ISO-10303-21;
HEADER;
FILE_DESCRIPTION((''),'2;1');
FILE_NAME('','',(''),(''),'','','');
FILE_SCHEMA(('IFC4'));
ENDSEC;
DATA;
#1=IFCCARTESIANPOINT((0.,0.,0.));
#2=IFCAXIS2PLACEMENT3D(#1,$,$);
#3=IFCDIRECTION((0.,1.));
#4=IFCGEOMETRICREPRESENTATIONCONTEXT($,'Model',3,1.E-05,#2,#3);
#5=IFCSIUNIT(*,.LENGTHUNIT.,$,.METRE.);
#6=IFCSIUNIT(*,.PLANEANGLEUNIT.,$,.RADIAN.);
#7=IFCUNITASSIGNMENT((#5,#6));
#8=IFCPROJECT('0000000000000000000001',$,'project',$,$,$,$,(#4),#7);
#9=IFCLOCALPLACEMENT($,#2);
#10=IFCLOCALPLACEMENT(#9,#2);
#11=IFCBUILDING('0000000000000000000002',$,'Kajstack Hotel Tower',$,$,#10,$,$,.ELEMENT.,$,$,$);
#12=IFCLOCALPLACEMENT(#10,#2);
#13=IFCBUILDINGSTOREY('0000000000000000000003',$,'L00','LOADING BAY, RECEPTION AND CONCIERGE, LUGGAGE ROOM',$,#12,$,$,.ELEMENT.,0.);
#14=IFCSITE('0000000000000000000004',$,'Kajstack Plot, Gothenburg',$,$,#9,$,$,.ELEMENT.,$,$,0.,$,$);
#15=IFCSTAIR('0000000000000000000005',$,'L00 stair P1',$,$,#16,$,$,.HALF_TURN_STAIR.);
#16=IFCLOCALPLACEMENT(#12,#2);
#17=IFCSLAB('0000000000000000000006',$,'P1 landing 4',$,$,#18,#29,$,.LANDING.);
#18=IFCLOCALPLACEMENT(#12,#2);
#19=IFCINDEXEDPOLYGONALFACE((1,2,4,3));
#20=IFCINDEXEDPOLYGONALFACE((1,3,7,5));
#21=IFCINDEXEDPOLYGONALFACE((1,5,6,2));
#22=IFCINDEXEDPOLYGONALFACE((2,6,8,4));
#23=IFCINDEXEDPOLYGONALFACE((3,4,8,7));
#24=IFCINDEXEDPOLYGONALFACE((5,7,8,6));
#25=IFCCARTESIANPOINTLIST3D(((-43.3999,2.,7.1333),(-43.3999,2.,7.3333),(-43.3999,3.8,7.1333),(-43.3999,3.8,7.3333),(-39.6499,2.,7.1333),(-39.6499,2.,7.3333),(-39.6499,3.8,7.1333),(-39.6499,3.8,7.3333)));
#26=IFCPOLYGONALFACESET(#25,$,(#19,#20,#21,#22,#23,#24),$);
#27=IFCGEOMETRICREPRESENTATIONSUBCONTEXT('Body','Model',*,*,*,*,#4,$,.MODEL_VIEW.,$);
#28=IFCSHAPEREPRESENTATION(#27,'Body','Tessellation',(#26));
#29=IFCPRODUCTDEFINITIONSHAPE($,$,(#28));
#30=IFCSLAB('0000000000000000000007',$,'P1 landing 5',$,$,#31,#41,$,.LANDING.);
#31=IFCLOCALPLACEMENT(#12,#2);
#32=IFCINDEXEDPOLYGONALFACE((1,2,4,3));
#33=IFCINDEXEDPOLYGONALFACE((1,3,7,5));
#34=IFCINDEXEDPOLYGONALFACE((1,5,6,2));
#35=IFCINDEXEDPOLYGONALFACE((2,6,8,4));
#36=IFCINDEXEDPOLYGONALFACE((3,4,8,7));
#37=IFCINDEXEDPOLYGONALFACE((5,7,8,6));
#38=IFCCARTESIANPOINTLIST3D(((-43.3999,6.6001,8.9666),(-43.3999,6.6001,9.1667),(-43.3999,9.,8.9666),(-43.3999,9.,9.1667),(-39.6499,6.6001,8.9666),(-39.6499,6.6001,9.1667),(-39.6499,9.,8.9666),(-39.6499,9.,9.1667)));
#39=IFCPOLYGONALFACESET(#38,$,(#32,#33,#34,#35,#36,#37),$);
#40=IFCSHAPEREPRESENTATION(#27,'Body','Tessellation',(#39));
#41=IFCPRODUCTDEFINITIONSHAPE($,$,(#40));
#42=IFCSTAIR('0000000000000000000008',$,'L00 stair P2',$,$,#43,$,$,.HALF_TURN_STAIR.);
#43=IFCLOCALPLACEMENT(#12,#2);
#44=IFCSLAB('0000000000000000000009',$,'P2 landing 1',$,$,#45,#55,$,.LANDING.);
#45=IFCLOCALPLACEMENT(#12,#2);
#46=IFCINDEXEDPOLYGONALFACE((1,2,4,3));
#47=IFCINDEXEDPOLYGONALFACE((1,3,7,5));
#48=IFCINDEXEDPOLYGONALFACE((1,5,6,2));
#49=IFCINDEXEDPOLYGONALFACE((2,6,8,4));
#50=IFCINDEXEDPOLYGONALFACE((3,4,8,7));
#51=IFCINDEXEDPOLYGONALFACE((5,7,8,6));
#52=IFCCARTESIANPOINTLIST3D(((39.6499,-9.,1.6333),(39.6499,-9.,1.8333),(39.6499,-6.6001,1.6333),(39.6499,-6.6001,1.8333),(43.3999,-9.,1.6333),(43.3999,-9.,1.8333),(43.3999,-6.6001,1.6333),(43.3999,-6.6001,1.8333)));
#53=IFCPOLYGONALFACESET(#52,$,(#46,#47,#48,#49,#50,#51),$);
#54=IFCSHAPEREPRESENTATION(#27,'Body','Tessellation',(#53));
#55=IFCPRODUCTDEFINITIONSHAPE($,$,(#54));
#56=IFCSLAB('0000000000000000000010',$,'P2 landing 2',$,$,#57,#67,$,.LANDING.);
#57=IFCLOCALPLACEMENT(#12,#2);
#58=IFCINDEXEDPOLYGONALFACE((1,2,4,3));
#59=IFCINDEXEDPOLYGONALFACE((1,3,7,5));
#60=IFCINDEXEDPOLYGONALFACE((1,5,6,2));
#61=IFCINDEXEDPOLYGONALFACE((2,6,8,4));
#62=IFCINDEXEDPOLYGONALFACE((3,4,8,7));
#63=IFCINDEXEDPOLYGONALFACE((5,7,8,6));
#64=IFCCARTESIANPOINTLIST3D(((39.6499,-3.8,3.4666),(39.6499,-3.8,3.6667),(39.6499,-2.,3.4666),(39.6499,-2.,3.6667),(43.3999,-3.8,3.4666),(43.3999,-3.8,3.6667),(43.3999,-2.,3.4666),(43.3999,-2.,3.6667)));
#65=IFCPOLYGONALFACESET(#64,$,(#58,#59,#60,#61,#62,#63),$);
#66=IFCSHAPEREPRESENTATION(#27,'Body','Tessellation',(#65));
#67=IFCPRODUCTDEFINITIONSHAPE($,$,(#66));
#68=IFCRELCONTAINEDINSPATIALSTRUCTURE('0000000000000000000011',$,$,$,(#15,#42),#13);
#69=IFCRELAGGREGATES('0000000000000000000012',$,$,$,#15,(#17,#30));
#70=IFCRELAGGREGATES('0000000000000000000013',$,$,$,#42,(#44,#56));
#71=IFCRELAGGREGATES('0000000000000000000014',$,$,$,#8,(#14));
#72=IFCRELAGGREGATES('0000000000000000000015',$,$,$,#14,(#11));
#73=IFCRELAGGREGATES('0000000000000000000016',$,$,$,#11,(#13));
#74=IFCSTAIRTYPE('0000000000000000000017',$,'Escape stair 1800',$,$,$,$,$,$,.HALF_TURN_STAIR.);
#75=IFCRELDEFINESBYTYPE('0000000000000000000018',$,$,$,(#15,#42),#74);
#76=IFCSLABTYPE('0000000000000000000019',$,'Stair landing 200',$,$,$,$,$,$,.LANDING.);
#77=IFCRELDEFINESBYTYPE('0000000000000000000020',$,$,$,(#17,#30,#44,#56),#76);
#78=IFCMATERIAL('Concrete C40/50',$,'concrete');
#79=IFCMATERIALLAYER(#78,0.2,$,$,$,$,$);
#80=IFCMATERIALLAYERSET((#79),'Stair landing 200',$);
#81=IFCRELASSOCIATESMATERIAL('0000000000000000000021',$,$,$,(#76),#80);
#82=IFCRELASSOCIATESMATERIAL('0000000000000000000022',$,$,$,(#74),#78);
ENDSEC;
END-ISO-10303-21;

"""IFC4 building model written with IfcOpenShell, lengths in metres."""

from ifc_helpers import new_model, si_unit, direction, frame, origin, place, context, subcontext, project, spatial, polyline, outline, extrude, material, layer, layer_set, type_object, element, aggregate, save


model = new_model("IFC4")

# Units and contexts
model_context = context("Model", 3, precision=1e-05, world=origin(), true_north=direction((0.0, 1.0)))
body_context = subcontext(model_context, "Body", "Model", "MODEL_VIEW")
ifc_project = project(units=[si_unit("LENGTHUNIT", "METRE"), si_unit("PLANEANGLEUNIT", "RADIAN")], contexts=[model_context])

# Site, building, storey
site_placement = place(None, origin())
site = spatial("IfcSite", under=ifc_project, at=site_placement, Name="Kajstack Plot, Gothenburg", CompositionType="ELEMENT", RefElevation=0.0)
building_placement = place(site_placement, origin())
building = spatial("IfcBuilding", under=site, at=building_placement, Name="Kajstack Hotel Tower", CompositionType="ELEMENT")
storey_placement = place(building_placement, origin())
storey = spatial("IfcBuildingStorey", under=building, at=storey_placement, Name="L00", Description="LOADING BAY, RECEPTION AND CONCIERGE, LUGGAGE ROOM", CompositionType="ELEMENT", Elevation=0.0)

# Stairs, slabs
ifc_material = material(Name="Concrete C40/50", Category="concrete")
ifc_layer = layer(ifc_material, 0.2)
ifc_layer_set = layer_set([ifc_layer], Name="Stair landing 200")
slab_type = type_object("IfcSlabType", Name="Stair landing 200", PredefinedType="LANDING", material=ifc_layer_set)
stair_type_1 = type_object("IfcStairType", Name="Escape stair 1800", PredefinedType="HALF_TURN_STAIR", material=ifc_material)
stair_1_placement = place(storey_placement, origin())
stair_1 = element("IfcStair", 1, at=stair_1_placement, inside=storey, type_object=stair_type_1, Name="L00 stair P1", PredefinedType="HALF_TURN_STAIR")
slab_1_placement = place(storey_placement, frame((0.0, 0.0, 7.1333)))
slab_1 = element("IfcSlab", 2, at=slab_1_placement, type_object=slab_type, Name="P1 landing 4", PredefinedType="LANDING", context=body_context, shape_type="SweptSolid", body=[
    extrude(outline(polyline([(-39.6499, 2.0), (-39.6499, 3.8), (-43.3999, 3.8), (-43.3999, 2.0), (-39.6499, 2.0)])), origin(), (0.0, 0.0, 1.0), 0.2),
])
slab_2_placement = place(storey_placement, frame((0.0, 0.0, 8.9666)))
slab_2 = element("IfcSlab", 3, at=slab_2_placement, type_object=slab_type, Name="P1 landing 5", PredefinedType="LANDING", context=body_context, shape_type="SweptSolid", body=[
    extrude(outline(polyline([(-39.6499, 6.6001), (-39.6499, 9.0), (-43.3999, 9.0), (-43.3999, 6.6001), (-39.6499, 6.6001)])), origin(), (0.0, 0.0, 1.0), 0.2002),
])
aggregate(stair_1, [slab_1, slab_2])
stair_2_placement = place(storey_placement, origin())
stair_2 = element("IfcStair", 4, at=stair_2_placement, inside=storey, type_object=stair_type_1, Name="L00 stair P2", PredefinedType="HALF_TURN_STAIR")
slab_3_placement = place(storey_placement, frame((0.0, 0.0, 1.6333)))
slab_3 = element("IfcSlab", 5, at=slab_3_placement, type_object=slab_type, Name="P2 landing 1", PredefinedType="LANDING", context=body_context, shape_type="SweptSolid", body=[
    extrude(outline(polyline([(39.6499, -6.6001), (39.6499, -9.0), (43.3999, -9.0), (43.3999, -6.6001), (39.6499, -6.6001)])), origin(), (0.0, 0.0, 1.0), 0.2),
])
slab_4_placement = place(storey_placement, frame((0.0, 0.0, 3.4666)))
slab_4 = element("IfcSlab", 6, at=slab_4_placement, type_object=slab_type, Name="P2 landing 2", PredefinedType="LANDING", context=body_context, shape_type="SweptSolid", body=[
    extrude(outline(polyline([(39.6499, -2.0), (39.6499, -3.8), (43.3999, -3.8), (43.3999, -2.0), (39.6499, -2.0)])), origin(), (0.0, 0.0, 1.0), 0.2002),
])
aggregate(stair_2, [slab_3, slab_4])

save(model, "model.ifc")
